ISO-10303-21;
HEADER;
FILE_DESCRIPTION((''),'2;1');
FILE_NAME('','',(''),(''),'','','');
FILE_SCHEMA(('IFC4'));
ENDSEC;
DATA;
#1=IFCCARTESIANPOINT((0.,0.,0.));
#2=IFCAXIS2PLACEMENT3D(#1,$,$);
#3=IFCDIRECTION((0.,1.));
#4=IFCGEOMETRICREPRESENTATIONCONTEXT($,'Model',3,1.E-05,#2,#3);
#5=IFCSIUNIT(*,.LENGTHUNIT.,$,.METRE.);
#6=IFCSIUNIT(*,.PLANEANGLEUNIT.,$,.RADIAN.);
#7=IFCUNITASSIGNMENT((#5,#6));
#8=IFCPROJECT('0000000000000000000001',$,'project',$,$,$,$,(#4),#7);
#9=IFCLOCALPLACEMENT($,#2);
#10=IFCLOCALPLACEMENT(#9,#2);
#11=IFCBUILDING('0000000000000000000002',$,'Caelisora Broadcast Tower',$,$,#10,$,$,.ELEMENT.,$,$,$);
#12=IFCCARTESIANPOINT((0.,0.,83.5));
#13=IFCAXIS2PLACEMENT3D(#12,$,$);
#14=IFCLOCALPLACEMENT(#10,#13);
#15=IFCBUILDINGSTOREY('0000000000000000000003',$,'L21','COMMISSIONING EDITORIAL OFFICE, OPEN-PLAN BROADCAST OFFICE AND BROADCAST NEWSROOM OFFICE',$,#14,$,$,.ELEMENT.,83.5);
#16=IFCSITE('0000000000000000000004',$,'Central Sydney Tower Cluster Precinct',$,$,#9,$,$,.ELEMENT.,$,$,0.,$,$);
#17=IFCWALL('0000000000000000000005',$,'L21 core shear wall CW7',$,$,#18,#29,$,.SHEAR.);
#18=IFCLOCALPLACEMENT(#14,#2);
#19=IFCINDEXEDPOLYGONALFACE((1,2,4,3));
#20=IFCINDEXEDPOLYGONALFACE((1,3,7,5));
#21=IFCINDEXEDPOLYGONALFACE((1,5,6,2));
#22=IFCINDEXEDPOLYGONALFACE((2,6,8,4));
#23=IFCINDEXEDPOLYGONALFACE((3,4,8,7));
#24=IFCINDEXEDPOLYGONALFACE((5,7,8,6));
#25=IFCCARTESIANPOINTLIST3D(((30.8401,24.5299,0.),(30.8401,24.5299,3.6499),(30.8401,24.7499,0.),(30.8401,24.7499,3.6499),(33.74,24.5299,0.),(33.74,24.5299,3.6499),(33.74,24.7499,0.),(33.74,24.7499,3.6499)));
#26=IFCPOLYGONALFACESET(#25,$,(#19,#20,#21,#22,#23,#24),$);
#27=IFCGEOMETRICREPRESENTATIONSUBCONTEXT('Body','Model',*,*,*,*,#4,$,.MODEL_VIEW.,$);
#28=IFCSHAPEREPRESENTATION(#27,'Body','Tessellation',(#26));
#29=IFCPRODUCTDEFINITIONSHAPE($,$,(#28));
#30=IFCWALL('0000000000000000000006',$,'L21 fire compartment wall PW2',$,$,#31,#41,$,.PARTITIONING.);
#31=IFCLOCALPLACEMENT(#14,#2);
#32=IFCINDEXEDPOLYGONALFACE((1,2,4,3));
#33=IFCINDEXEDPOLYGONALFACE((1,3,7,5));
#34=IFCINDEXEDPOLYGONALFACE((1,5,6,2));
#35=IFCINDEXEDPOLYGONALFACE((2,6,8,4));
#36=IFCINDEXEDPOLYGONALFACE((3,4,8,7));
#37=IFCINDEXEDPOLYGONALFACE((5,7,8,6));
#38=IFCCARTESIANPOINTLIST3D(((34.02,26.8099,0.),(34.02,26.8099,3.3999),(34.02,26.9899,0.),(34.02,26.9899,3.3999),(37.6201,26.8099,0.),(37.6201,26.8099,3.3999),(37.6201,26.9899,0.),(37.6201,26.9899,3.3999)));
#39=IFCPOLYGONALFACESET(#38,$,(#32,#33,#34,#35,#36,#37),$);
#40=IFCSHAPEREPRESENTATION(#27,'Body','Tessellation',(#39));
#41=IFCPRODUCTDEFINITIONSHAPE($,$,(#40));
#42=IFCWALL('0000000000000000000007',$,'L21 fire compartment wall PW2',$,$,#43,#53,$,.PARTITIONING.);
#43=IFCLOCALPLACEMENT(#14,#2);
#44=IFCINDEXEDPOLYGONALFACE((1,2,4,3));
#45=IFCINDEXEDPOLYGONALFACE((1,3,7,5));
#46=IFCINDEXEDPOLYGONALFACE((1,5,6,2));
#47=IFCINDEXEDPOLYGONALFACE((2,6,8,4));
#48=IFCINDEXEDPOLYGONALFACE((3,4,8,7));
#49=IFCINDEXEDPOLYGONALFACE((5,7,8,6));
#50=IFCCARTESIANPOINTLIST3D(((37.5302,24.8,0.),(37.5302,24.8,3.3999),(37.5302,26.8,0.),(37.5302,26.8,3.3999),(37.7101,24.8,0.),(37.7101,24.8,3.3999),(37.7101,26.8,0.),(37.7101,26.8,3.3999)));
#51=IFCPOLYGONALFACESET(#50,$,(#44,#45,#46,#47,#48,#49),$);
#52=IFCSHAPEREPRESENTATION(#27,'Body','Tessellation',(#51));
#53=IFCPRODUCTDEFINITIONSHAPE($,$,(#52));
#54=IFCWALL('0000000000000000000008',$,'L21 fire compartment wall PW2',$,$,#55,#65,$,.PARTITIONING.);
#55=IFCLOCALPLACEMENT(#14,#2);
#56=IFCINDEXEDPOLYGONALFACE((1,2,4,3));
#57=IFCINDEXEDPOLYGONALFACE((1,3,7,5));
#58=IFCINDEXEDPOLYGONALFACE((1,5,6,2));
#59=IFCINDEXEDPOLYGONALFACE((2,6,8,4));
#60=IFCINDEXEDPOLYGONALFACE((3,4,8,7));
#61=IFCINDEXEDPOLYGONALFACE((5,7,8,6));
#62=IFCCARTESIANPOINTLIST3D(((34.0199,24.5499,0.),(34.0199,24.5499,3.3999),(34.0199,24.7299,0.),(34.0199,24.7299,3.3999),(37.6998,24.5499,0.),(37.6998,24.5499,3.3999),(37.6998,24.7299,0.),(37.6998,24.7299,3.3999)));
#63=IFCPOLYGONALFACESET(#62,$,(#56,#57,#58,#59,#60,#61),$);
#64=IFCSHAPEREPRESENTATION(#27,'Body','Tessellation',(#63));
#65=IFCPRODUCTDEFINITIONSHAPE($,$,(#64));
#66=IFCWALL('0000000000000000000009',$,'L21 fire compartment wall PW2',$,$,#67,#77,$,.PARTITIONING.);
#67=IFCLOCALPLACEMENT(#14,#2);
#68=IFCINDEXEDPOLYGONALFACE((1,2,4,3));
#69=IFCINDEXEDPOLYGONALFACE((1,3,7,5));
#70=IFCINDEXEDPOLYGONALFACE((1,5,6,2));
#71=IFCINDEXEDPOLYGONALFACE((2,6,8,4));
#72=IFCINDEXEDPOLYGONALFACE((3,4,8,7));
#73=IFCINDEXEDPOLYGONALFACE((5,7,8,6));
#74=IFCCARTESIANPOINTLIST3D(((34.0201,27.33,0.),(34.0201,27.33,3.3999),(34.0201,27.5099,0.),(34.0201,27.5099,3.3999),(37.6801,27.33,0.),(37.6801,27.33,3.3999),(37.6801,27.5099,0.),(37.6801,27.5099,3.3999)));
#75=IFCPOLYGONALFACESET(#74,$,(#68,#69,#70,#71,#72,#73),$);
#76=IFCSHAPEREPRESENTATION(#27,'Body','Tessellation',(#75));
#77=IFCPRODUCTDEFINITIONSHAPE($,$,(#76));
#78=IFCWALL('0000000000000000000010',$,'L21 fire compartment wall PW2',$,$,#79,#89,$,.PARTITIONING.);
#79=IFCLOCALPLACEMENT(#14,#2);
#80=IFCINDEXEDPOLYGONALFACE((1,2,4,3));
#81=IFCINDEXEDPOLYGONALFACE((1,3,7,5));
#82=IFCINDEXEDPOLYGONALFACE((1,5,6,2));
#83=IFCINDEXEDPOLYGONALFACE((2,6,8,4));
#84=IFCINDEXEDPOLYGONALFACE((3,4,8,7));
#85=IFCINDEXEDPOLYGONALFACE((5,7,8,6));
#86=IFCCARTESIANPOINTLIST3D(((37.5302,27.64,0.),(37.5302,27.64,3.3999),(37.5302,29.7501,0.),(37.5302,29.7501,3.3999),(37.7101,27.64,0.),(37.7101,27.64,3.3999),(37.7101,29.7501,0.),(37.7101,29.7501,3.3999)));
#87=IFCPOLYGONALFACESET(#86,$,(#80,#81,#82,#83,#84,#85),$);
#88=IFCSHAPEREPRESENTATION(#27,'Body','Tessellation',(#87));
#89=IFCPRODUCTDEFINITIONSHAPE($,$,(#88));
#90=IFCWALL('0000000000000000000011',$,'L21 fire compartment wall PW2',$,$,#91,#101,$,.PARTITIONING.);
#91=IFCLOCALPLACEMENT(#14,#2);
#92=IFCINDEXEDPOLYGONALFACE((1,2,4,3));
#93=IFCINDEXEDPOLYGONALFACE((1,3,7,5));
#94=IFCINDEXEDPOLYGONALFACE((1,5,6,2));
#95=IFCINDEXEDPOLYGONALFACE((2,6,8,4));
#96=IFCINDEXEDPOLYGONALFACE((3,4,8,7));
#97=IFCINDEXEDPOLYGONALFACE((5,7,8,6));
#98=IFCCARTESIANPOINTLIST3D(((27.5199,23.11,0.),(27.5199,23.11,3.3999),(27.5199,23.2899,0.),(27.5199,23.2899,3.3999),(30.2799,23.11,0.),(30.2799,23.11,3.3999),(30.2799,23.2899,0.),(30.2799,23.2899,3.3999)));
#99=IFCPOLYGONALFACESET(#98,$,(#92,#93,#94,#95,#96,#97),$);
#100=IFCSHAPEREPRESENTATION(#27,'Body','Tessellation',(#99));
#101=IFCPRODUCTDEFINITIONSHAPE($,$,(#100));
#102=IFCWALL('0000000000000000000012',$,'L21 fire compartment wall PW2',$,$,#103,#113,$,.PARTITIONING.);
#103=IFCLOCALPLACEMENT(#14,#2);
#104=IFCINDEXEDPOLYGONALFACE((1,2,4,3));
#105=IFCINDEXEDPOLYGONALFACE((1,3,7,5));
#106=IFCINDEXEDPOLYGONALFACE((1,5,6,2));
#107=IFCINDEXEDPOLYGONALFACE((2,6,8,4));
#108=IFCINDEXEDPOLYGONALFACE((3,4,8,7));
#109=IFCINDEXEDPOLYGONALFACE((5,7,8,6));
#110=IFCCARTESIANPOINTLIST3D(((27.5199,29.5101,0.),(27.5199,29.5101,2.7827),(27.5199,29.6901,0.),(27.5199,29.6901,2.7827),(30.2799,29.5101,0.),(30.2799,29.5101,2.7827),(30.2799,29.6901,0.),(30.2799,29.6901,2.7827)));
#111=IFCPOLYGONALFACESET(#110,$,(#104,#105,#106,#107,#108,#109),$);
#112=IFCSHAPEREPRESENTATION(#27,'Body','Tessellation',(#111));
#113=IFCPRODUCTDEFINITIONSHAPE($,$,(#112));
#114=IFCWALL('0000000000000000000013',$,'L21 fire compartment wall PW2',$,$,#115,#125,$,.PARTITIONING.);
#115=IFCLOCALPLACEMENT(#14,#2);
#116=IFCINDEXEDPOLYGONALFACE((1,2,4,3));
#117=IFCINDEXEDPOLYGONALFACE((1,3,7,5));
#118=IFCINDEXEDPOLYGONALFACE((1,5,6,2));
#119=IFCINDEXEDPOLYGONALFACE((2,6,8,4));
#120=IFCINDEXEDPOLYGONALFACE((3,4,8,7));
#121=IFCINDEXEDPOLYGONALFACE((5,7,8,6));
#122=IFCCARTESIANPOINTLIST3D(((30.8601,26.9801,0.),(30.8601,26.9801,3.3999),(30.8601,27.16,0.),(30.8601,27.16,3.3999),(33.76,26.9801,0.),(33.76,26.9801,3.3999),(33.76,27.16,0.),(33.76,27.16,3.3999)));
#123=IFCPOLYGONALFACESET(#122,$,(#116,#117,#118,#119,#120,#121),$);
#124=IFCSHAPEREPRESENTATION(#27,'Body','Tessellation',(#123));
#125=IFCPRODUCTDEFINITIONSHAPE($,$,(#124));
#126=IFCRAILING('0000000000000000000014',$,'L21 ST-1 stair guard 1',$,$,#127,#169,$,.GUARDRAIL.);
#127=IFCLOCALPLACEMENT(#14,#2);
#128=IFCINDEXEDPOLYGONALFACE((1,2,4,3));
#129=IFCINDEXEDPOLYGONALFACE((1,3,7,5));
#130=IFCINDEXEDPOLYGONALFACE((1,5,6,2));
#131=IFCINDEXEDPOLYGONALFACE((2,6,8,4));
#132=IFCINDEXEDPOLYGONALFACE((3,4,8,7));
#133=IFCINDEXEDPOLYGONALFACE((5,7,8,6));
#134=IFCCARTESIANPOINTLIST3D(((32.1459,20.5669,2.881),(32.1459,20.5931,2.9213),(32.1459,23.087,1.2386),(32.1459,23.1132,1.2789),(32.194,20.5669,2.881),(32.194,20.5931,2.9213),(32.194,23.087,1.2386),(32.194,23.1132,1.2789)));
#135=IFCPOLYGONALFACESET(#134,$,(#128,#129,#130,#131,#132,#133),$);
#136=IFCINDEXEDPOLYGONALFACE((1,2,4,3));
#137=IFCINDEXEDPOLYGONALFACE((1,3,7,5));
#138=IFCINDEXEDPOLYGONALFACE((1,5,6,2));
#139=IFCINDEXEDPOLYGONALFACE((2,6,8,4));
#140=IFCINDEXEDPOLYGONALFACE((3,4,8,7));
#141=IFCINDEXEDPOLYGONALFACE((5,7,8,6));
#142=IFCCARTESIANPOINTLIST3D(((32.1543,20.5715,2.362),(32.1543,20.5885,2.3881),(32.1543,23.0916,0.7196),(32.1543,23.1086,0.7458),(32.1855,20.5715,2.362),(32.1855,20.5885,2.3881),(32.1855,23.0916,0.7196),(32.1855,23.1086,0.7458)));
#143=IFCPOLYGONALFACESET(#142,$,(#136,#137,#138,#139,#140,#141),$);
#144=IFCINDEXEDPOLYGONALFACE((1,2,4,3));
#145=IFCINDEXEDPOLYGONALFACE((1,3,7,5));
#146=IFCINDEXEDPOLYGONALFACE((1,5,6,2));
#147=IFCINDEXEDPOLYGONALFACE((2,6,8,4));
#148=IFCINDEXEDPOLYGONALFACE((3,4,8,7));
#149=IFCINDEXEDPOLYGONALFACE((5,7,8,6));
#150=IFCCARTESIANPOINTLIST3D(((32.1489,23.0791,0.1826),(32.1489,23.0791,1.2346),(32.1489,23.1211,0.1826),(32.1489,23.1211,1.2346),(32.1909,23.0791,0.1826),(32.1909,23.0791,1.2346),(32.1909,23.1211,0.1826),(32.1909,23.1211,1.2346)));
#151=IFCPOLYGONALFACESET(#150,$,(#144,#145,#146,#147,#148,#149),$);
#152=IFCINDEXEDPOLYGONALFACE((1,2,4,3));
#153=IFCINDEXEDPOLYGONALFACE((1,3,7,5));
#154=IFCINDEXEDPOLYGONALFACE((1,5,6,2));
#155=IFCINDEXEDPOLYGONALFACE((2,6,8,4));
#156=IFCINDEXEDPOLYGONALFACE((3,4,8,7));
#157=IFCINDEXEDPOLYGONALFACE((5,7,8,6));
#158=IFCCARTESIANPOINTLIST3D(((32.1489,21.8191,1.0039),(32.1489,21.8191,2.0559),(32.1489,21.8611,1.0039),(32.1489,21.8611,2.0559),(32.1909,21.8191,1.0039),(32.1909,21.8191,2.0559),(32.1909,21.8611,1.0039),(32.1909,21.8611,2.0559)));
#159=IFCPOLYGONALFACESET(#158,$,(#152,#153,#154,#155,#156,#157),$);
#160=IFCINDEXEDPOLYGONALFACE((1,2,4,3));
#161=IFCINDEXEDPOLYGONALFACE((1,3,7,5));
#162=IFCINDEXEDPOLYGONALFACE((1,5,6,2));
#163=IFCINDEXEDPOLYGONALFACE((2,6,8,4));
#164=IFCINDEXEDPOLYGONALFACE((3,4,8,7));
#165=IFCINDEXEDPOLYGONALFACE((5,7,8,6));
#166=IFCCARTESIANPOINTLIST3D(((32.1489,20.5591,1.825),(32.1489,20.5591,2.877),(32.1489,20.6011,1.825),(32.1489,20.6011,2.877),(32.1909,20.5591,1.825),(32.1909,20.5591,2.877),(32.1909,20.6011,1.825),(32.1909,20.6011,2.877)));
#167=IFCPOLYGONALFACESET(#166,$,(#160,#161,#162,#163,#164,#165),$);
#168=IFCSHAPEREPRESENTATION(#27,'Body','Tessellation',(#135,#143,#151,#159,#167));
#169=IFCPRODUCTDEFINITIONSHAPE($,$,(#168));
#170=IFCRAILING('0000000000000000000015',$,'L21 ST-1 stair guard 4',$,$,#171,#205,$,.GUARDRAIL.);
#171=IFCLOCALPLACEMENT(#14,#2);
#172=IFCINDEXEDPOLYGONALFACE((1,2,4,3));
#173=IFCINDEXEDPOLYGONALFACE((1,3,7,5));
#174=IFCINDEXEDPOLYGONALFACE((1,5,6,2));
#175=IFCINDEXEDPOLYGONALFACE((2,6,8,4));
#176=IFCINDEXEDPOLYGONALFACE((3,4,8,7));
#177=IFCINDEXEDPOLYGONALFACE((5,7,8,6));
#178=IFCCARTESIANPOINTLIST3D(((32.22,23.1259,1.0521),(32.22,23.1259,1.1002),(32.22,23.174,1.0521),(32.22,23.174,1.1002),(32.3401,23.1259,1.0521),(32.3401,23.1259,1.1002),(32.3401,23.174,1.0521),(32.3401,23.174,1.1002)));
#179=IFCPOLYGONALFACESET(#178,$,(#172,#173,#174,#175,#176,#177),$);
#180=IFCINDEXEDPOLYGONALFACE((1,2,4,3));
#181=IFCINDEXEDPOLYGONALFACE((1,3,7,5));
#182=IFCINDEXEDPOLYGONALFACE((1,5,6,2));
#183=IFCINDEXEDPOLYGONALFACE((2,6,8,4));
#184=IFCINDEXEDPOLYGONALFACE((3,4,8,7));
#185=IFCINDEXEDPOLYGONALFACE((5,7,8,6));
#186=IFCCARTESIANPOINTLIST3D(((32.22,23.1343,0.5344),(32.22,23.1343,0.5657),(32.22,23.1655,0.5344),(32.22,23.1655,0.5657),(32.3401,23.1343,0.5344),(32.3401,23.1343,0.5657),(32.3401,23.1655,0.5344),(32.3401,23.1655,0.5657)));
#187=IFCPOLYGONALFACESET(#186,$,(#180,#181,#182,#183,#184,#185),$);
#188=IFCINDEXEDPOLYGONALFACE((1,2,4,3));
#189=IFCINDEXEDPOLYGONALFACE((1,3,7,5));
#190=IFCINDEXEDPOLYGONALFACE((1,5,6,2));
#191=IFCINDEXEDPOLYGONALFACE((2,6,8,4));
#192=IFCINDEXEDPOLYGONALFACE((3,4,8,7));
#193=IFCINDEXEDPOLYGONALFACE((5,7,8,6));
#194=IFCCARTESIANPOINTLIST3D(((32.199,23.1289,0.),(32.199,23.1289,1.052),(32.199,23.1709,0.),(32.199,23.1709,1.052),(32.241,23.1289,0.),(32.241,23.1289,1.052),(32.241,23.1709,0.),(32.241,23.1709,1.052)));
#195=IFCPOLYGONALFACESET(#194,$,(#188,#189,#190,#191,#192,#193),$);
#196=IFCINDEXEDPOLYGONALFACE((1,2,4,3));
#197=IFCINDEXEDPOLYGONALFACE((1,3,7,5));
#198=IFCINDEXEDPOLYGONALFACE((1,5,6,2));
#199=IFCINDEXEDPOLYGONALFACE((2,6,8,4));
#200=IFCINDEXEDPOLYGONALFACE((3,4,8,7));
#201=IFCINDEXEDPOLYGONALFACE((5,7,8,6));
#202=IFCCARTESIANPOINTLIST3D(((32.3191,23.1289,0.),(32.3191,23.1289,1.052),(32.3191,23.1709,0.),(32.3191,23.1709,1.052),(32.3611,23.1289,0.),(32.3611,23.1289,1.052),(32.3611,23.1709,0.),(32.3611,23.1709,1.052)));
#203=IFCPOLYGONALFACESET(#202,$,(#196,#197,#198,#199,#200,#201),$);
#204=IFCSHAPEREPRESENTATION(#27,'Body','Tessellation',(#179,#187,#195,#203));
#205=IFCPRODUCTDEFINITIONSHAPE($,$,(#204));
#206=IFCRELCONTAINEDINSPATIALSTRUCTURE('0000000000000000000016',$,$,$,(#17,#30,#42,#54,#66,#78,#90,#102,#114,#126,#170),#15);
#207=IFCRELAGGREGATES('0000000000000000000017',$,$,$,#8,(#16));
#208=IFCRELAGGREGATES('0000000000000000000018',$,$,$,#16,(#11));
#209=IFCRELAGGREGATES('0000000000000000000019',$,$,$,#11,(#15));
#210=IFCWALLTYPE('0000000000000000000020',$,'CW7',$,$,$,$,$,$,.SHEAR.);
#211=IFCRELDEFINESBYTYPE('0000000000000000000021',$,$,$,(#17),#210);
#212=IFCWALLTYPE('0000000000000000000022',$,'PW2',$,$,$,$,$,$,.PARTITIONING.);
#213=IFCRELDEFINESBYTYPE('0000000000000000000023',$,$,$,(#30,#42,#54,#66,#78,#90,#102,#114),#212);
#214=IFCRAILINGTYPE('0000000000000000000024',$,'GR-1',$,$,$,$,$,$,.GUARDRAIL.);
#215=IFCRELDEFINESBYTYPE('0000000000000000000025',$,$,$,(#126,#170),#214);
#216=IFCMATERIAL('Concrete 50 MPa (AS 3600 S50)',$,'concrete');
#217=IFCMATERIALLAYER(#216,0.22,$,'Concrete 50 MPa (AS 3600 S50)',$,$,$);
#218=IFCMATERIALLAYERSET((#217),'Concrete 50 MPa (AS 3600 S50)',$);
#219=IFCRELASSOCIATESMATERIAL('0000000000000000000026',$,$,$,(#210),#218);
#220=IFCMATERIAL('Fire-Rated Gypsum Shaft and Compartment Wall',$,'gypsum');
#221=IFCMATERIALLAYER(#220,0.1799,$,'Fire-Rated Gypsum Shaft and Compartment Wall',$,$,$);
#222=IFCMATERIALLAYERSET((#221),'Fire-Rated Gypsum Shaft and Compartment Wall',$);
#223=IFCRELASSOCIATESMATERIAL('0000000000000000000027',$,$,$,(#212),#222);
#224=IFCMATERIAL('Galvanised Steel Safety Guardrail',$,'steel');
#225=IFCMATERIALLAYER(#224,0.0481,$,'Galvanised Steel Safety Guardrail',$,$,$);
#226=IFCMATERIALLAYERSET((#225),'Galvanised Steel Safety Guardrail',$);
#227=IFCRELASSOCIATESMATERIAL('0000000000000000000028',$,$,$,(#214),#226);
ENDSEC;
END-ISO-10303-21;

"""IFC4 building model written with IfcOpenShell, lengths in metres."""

from ifc_helpers import new_model, si_unit, direction, frame, frame_2d, origin, origin_2d, place, context, subcontext, project, spatial, rectangle, extrude, material, layer, layer_set, type_object, element, save


model = new_model("IFC4")

# Units and contexts
model_context = context("Model", 3, precision=1e-05, world=origin(), true_north=direction((0.0, 1.0)))
body_context = subcontext(model_context, "Body", "Model", "MODEL_VIEW")
ifc_project = project(units=[si_unit("LENGTHUNIT", "METRE"), si_unit("PLANEANGLEUNIT", "RADIAN")], contexts=[model_context])

# Site, building, storey
site_placement = place(None, origin())
site = spatial("IfcSite", under=ifc_project, at=site_placement, Name="Central Sydney Tower Cluster Precinct", CompositionType="ELEMENT", RefElevation=0.0)
building_placement = place(site_placement, origin())
building = spatial("IfcBuilding", under=site, at=building_placement, Name="Caelisora Broadcast Tower", CompositionType="ELEMENT")
storey_placement = place(building_placement, frame((0.0, 0.0, 83.5)))
storey = spatial("IfcBuildingStorey", under=building, at=storey_placement, Name="L21", Description="COMMISSIONING EDITORIAL OFFICE, OPEN-PLAN BROADCAST OFFICE AND BROADCAST NEWSROOM OFFICE", CompositionType="ELEMENT", Elevation=83.5)

# Shared definitions
ifc_material_1 = material(Name="Concrete 50 MPa (AS 3600 S50)", Category="concrete")

# Walls
ifc_layer_1 = layer(ifc_material_1, 0.22, Name="Concrete 50 MPa (AS 3600 S50)")
ifc_layer_set_1 = layer_set([ifc_layer_1], Name="Concrete 50 MPa (AS 3600 S50)")
wall_type_1 = type_object("IfcWallType", Name="CW7", PredefinedType="SHEAR", material=ifc_layer_set_1)
wall_1_placement = place(storey_placement, frame((30.8401, 24.6399, 0.0), z_axis=(0.0, 0.0, 1.0), x_axis=(1.0, 0.0, 0.0)))
element("IfcWall", 1, at=wall_1_placement, inside=storey, type_object=wall_type_1, Name="L21 core shear wall CW7", PredefinedType="SHEAR", context=body_context, shape_type="SweptSolid", body=[
    extrude(rectangle(XDim=2.8999, YDim=0.22, at=frame_2d((1.45, 0.0))), origin(), (0.0, 0.0, 1.0), 3.6499),
])
ifc_material_2 = material(Name="Fire-Rated Gypsum Shaft and Compartment Wall", Category="gypsum")
ifc_layer_2 = layer(ifc_material_2, 0.1799, Name="Fire-Rated Gypsum Shaft and Compartment Wall")
ifc_layer_set_2 = layer_set([ifc_layer_2], Name="Fire-Rated Gypsum Shaft and Compartment Wall")
wall_type_2 = type_object("IfcWallType", Name="PW2", PredefinedType="PARTITIONING", material=ifc_layer_set_2)
wall_2_placement = place(storey_placement, frame((34.02, 26.8999, 0.0), z_axis=(0.0, 0.0, 1.0), x_axis=(1.0, 0.0, 0.0)))
element("IfcWall", 2, at=wall_2_placement, inside=storey, type_object=wall_type_2, Name="L21 fire compartment wall PW2", PredefinedType="PARTITIONING", context=body_context, shape_type="SweptSolid", body=[
    extrude(rectangle(XDim=3.6001, YDim=0.1799, at=frame_2d((1.8, 0.0))), origin(), (0.0, 0.0, 1.0), 3.3999),
])
wall_3_placement = place(storey_placement, frame((37.6201, 24.8, 0.0), z_axis=(0.0, 0.0, 1.0), x_axis=(0.0, 1.0, 0.0)))
element("IfcWall", 3, at=wall_3_placement, inside=storey, type_object=wall_type_2, Name="L21 fire compartment wall PW2", PredefinedType="PARTITIONING", context=body_context, shape_type="SweptSolid", body=[
    extrude(rectangle(XDim=2.0, YDim=0.1799, at=frame_2d((1.0, 0.0))), origin(), (0.0, 0.0, 1.0), 3.3999),
])
wall_4_placement = place(storey_placement, frame((34.02, 24.6399, 0.0), z_axis=(0.0, 0.0, 1.0), x_axis=(1.0, 0.0, 0.0)))
element("IfcWall", 4, at=wall_4_placement, inside=storey, type_object=wall_type_2, Name="L21 fire compartment wall PW2", PredefinedType="PARTITIONING", context=body_context, shape_type="SweptSolid", body=[
    extrude(rectangle(XDim=3.6799, YDim=0.1799, at=frame_2d((1.8398, 0.0))), origin(), (0.0, 0.0, 1.0), 3.3999),
])
wall_5_placement = place(storey_placement, frame((34.02, 27.4199, 0.0), z_axis=(0.0, 0.0, 1.0), x_axis=(1.0, 0.0, 0.0)))
element("IfcWall", 5, at=wall_5_placement, inside=storey, type_object=wall_type_2, Name="L21 fire compartment wall PW2", PredefinedType="PARTITIONING", context=body_context, shape_type="SweptSolid", body=[
    extrude(rectangle(XDim=3.6599, YDim=0.1799, at=frame_2d((1.8301, 0.0))), origin(), (0.0, 0.0, 1.0), 3.3999),
])
wall_6_placement = place(storey_placement, frame((37.6201, 27.6399, 0.0), z_axis=(0.0, 0.0, 1.0), x_axis=(0.0, 1.0, 0.0)))
element("IfcWall", 6, at=wall_6_placement, inside=storey, type_object=wall_type_2, Name="L21 fire compartment wall PW2", PredefinedType="PARTITIONING", context=body_context, shape_type="SweptSolid", body=[
    extrude(rectangle(XDim=2.1101, YDim=0.1799, at=frame_2d((1.0552, 0.0))), origin(), (0.0, 0.0, 1.0), 3.3999),
])
wall_7_placement = place(storey_placement, frame((27.52, 23.2, 0.0), z_axis=(0.0, 0.0, 1.0), x_axis=(1.0, 0.0, 0.0)))
element("IfcWall", 7, at=wall_7_placement, inside=storey, type_object=wall_type_2, Name="L21 fire compartment wall PW2", PredefinedType="PARTITIONING", context=body_context, shape_type="SweptSolid", body=[
    extrude(rectangle(XDim=2.76, YDim=0.1799, at=frame_2d((1.3799, 0.0))), origin(), (0.0, 0.0, 1.0), 3.3999),
])
wall_8_placement = place(storey_placement, frame((27.52, 29.6001, 0.0), z_axis=(0.0, 0.0, 1.0), x_axis=(1.0, 0.0, 0.0)))
element("IfcWall", 8, at=wall_8_placement, inside=storey, type_object=wall_type_2, Name="L21 fire compartment wall PW2", PredefinedType="PARTITIONING", context=body_context, shape_type="SweptSolid", body=[
    extrude(rectangle(XDim=2.76, YDim=0.1799, at=frame_2d((1.3799, 0.0))), origin(), (0.0, 0.0, 1.0), 2.7827),
])
wall_9_placement = place(storey_placement, frame((30.8601, 27.0701, 0.0), z_axis=(0.0, 0.0, 1.0), x_axis=(1.0, 0.0, 0.0)))
element("IfcWall", 9, at=wall_9_placement, inside=storey, type_object=wall_type_2, Name="L21 fire compartment wall PW2", PredefinedType="PARTITIONING", context=body_context, shape_type="SweptSolid", body=[
    extrude(rectangle(XDim=2.8999, YDim=0.1799, at=frame_2d((1.45, 0.0))), origin(), (0.0, 0.0, 1.0), 3.3999),
])

# Railings
ifc_material_3 = material(Name="Galvanised Steel Safety Guardrail", Category="steel")
ifc_layer_3 = layer(ifc_material_3, 0.0481, Name="Galvanised Steel Safety Guardrail")
ifc_layer_set_3 = layer_set([ifc_layer_3], Name="Galvanised Steel Safety Guardrail")
railing_type = type_object("IfcRailingType", Name="GR-1", PredefinedType="GUARDRAIL", material=ifc_layer_set_3)
railing_1_placement = place(storey_placement, frame((32.1699, 23.1001, 0.1826)))
element("IfcRailing", 10, at=railing_1_placement, inside=storey, type_object=railing_type, Name="L21 ST-1 stair guard 1", PredefinedType="GUARDRAIL", context=body_context, shape_type="SweptSolid", body=[
    extrude(rectangle(XDim=0.0481, YDim=0.0481, at=origin_2d()), frame((0.0, 0.0, 1.0762), z_axis=(0.0, -0.837787, 0.545998), x_axis=(1.0, 0.0, 0.0)), (0.0, 0.0, 1.0), 3.0081),
    extrude(rectangle(XDim=0.0312, YDim=0.0312, at=origin_2d()), frame((0.0, 0.0, 0.55), z_axis=(0.0, -0.837787, 0.545998), x_axis=(1.0, 0.0, 0.0)), (0.0, 0.0, 1.0), 3.0081),
    extrude(rectangle(XDim=0.042, YDim=0.042, at=origin_2d()), origin(), (0.0, 0.0, 1.0), 1.052),
    extrude(rectangle(XDim=0.042, YDim=0.042, at=origin_2d()), frame((0.0, -1.26, 0.8213)), (0.0, 0.0, 1.0), 1.052),
    extrude(rectangle(XDim=0.042, YDim=0.042, at=origin_2d()), frame((0.0, -2.52, 1.6423)), (0.0, 0.0, 1.0), 1.052),
])
railing_2_placement = place(storey_placement, frame((32.22, 23.1499, 0.0)))
element("IfcRailing", 11, at=railing_2_placement, inside=storey, type_object=railing_type, Name="L21 ST-1 stair guard 4", PredefinedType="GUARDRAIL", context=body_context, shape_type="SweptSolid", body=[
    extrude(rectangle(XDim=0.0481, YDim=0.0481, at=origin_2d()), frame((0.0, 0.0, 1.0762), z_axis=(1.0, 0.0, 0.0), x_axis=(0.0, 1.0, 0.0)), (0.0, 0.0, 1.0), 0.1201),
    extrude(rectangle(XDim=0.0312, YDim=0.0312, at=origin_2d()), frame((0.0, 0.0, 0.55), z_axis=(1.0, 0.0, 0.0), x_axis=(0.0, 1.0, 0.0)), (0.0, 0.0, 1.0), 0.1201),
    extrude(rectangle(XDim=0.042, YDim=0.042, at=origin_2d()), origin(), (0.0, 0.0, 1.0), 1.052),
    extrude(rectangle(XDim=0.042, YDim=0.042, at=origin_2d()), frame((0.1201, 0.0, 0.0)), (0.0, 0.0, 1.0), 1.052),
])

save(model, "model.ifc")
